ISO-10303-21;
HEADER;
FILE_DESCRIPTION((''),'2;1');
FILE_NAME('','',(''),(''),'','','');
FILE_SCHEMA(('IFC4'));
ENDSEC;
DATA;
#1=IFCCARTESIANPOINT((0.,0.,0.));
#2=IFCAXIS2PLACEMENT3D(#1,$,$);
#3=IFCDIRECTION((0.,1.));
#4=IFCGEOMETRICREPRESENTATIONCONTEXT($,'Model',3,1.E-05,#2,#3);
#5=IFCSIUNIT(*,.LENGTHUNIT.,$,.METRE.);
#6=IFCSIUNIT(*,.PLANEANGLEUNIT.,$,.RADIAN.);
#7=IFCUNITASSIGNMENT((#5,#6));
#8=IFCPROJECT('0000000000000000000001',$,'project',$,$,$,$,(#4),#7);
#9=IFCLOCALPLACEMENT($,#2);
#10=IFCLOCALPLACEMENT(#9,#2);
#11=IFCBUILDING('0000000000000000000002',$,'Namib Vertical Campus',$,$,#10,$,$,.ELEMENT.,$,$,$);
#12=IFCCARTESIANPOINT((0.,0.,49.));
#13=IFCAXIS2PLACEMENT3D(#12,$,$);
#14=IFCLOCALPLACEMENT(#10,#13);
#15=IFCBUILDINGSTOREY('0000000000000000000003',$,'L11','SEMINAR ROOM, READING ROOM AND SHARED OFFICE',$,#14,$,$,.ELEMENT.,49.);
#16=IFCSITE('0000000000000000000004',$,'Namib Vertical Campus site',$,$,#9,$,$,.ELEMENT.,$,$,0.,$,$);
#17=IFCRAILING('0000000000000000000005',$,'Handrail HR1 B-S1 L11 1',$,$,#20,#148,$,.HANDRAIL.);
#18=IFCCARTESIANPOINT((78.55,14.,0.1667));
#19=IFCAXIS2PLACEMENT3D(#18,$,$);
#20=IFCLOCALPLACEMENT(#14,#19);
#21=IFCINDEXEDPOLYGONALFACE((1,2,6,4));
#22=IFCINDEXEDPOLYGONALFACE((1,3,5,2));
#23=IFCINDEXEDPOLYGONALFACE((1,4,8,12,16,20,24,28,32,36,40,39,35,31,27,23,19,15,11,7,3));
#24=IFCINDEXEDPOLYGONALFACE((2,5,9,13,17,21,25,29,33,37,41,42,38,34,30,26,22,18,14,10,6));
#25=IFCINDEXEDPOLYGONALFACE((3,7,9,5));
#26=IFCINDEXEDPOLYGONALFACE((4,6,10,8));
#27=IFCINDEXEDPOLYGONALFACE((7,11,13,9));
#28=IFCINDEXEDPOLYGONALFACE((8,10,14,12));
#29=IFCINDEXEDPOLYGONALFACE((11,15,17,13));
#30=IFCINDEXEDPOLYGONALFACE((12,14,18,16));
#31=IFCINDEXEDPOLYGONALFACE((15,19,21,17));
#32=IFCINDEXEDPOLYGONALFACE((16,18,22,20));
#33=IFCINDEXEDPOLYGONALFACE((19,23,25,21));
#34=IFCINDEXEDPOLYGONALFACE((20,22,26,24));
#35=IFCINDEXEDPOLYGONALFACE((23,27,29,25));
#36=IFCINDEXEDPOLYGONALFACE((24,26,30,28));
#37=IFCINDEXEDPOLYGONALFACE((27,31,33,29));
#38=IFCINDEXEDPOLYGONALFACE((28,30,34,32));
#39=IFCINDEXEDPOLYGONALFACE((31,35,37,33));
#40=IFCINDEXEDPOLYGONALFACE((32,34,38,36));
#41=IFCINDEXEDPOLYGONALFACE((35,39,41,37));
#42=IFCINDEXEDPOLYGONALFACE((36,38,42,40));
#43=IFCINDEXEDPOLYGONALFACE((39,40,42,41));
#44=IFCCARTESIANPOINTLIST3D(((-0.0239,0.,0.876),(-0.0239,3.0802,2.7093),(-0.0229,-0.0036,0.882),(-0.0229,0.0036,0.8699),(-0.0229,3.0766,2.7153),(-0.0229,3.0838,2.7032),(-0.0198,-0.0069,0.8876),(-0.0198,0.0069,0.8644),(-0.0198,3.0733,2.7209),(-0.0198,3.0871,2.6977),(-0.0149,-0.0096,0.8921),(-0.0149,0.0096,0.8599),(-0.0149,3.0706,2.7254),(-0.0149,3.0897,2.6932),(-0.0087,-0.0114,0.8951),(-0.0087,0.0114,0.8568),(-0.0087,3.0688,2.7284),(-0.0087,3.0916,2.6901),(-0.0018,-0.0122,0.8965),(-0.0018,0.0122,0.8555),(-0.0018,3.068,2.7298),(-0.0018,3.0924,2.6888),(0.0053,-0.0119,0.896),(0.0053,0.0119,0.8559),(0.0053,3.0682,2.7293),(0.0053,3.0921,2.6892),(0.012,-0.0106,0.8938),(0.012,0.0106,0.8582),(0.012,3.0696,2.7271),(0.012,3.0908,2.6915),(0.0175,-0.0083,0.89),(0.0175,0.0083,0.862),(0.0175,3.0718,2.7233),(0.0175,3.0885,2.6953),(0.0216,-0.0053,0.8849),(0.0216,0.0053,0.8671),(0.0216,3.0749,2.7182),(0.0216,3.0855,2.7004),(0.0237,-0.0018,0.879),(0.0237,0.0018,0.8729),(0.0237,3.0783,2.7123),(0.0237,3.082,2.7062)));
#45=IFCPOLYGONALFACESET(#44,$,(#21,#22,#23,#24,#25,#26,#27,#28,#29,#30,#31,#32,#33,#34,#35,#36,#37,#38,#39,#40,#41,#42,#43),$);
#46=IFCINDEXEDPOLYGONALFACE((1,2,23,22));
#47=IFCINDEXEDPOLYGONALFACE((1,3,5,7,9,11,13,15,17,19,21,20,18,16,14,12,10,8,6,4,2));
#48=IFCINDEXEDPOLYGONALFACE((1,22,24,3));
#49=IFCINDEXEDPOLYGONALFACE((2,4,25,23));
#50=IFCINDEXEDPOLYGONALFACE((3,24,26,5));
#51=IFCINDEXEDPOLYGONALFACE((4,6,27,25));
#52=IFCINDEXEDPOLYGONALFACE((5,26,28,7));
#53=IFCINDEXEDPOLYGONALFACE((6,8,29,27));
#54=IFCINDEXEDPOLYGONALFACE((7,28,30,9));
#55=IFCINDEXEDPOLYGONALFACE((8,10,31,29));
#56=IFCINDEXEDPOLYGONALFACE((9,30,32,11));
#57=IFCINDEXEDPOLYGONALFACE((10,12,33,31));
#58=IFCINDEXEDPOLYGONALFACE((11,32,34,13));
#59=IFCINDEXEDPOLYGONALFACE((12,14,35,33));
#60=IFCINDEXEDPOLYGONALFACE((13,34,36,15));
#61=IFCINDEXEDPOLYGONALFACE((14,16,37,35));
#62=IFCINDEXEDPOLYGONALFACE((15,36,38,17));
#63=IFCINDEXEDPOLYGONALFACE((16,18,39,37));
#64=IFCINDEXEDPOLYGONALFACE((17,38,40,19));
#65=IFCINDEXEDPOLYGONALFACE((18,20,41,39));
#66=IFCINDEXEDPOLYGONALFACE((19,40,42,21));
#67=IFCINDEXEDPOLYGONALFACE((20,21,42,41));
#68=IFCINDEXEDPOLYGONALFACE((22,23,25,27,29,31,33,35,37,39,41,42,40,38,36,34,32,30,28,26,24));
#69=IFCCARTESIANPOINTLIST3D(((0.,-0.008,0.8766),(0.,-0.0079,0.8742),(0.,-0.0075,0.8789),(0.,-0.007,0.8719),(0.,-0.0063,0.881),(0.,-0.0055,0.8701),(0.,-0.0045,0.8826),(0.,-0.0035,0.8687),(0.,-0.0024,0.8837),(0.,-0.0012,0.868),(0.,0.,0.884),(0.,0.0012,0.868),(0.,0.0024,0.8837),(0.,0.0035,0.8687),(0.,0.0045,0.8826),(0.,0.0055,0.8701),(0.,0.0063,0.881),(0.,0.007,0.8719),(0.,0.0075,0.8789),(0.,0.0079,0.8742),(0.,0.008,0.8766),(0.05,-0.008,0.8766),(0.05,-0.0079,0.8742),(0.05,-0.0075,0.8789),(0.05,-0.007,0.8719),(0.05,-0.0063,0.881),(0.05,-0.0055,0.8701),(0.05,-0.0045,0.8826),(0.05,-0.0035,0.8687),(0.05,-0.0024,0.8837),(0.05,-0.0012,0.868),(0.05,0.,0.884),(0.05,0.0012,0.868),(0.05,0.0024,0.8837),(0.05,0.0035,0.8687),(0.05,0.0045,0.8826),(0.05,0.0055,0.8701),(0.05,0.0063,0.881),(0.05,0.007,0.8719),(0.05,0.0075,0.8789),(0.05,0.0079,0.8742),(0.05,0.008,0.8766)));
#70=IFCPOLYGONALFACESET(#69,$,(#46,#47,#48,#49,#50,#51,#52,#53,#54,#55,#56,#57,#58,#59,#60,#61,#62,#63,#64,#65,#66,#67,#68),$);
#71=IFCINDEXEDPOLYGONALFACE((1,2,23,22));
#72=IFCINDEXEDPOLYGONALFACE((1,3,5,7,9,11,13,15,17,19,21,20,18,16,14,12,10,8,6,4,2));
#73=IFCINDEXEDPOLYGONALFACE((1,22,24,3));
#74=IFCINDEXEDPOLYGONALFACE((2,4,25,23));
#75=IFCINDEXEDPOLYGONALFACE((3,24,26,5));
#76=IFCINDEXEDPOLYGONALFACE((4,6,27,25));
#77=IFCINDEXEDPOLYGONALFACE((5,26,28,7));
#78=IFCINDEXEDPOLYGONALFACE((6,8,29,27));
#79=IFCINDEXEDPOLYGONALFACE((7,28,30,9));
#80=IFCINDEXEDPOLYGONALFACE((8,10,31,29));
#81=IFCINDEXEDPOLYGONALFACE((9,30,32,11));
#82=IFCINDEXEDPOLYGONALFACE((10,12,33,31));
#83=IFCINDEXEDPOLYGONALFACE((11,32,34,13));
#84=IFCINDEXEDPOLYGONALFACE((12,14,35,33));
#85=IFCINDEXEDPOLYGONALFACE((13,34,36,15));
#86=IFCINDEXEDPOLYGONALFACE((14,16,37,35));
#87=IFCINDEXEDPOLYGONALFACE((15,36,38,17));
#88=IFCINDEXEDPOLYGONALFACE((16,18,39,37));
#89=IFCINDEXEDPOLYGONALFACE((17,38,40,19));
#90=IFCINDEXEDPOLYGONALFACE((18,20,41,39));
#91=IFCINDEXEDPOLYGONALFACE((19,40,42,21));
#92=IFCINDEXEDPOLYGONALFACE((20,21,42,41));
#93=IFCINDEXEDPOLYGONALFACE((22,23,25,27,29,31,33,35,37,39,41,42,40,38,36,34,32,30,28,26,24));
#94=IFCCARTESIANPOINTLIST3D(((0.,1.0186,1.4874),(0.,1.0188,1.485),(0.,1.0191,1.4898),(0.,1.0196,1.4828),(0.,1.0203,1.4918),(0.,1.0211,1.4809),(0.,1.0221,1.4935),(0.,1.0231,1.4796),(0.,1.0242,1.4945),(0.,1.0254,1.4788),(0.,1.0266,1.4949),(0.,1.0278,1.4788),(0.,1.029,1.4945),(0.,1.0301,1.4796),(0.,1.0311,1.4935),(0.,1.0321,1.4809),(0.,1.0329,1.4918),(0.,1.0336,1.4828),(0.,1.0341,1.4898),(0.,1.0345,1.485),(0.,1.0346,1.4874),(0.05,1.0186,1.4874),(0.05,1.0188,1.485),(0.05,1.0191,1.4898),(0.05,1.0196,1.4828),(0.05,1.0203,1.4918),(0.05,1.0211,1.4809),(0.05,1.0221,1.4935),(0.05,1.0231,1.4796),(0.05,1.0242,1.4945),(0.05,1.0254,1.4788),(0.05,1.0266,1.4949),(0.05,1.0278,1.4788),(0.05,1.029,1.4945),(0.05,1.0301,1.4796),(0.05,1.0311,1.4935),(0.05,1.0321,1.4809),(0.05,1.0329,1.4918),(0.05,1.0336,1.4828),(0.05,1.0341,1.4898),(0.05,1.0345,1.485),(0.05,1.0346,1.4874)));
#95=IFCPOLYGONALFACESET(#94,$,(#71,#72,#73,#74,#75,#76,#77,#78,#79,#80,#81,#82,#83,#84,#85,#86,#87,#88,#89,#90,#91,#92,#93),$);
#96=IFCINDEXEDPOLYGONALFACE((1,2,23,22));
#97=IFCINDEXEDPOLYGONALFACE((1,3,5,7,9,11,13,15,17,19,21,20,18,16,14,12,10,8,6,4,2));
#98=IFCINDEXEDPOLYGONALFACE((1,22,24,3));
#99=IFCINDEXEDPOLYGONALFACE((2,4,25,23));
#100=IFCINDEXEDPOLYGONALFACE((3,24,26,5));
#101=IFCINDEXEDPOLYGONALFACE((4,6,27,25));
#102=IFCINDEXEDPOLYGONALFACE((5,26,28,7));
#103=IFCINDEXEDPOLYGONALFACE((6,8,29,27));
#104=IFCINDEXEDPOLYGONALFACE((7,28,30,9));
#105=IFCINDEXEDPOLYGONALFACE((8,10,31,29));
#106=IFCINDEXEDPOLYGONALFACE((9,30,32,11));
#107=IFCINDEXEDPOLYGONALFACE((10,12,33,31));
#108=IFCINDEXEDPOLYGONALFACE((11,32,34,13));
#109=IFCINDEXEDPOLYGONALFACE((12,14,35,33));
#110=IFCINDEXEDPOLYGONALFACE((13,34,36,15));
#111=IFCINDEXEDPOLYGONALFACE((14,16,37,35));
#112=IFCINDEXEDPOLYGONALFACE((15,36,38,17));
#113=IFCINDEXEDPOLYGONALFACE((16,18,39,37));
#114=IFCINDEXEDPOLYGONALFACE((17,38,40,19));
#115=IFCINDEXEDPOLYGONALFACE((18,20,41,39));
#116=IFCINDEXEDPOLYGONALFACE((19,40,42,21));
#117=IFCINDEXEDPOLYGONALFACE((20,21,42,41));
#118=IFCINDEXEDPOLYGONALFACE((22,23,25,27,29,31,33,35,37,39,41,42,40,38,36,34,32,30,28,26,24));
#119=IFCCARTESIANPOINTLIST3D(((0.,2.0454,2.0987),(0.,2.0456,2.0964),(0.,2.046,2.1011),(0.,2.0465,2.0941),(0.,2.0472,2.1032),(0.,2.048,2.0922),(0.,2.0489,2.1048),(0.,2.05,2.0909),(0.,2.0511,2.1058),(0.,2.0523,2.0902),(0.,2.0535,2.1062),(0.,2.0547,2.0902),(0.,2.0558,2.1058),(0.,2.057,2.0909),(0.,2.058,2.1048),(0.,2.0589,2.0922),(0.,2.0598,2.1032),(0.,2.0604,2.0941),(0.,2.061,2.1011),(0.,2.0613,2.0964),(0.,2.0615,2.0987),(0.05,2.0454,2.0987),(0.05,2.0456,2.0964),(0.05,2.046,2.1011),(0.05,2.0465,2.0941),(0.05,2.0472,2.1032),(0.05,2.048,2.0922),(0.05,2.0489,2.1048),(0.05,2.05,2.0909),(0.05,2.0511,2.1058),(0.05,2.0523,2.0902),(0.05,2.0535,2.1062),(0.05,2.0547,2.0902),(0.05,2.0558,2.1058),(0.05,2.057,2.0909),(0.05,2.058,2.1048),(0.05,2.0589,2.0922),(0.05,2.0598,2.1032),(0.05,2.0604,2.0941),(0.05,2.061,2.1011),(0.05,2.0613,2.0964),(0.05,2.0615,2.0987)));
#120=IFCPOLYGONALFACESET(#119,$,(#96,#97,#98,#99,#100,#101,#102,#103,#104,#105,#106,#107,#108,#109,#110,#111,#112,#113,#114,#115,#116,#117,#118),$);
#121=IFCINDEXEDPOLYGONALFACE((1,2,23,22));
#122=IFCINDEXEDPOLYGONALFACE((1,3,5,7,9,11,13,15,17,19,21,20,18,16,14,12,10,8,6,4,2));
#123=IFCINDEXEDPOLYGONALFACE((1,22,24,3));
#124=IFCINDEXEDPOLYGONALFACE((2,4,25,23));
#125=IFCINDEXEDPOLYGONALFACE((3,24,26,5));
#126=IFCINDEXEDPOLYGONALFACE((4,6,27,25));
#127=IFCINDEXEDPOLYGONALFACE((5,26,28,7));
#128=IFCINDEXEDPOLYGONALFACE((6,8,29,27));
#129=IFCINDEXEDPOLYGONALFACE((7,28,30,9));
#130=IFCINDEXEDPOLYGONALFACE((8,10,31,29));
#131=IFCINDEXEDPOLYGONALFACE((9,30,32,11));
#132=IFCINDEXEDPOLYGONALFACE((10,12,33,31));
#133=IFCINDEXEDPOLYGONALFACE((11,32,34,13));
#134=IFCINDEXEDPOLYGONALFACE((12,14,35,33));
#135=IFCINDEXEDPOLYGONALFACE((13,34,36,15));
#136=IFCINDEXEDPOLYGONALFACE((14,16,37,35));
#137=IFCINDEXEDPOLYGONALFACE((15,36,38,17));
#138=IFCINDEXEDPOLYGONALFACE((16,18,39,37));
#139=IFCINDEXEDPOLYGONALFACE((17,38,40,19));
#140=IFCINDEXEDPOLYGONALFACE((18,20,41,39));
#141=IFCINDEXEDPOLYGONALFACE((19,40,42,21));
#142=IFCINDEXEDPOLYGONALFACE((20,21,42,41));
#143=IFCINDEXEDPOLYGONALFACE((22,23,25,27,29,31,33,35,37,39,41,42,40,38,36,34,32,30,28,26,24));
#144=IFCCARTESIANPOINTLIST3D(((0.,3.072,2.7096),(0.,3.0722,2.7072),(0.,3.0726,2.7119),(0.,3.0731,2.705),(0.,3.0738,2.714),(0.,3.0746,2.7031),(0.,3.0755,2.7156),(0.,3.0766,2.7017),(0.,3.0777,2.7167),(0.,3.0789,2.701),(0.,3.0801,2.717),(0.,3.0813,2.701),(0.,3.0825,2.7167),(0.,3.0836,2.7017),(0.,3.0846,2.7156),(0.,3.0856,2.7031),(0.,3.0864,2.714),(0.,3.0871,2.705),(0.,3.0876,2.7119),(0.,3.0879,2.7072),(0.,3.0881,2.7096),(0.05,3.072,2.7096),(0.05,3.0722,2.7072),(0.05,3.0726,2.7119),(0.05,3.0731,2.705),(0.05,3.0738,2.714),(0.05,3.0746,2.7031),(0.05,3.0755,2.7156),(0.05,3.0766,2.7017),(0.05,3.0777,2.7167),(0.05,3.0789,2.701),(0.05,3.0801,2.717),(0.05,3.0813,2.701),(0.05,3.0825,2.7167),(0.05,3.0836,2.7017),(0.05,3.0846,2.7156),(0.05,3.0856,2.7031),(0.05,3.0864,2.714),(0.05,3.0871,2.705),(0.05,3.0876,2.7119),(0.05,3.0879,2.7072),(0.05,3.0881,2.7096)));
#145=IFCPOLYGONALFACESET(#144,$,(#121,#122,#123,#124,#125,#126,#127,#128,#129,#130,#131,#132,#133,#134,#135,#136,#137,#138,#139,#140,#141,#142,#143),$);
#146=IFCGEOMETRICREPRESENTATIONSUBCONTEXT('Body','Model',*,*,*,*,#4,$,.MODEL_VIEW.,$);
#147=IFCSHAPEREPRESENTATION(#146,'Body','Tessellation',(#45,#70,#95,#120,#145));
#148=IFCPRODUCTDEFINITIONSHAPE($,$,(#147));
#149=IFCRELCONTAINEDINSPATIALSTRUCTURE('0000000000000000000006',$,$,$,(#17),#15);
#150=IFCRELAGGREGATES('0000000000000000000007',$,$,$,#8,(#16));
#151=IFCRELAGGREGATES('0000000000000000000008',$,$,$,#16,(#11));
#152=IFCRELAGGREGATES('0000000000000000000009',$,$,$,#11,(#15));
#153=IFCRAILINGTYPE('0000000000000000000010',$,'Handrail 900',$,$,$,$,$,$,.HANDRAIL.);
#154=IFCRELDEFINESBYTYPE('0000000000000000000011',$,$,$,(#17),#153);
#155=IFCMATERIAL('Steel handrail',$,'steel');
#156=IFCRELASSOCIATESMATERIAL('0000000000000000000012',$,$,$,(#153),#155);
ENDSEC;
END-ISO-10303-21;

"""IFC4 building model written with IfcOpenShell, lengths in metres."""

from ifc_helpers import new_model, si_unit, direction, frame, origin, origin_2d, place, context, subcontext, project, spatial, circle, extrude, material, type_object, element, save


model = new_model("IFC4")

# Units and contexts
model_context = context("Model", 3, precision=1e-05, world=origin(), true_north=direction((0.0, 1.0)))
body_context = subcontext(model_context, "Body", "Model", "MODEL_VIEW")
ifc_project = project(units=[si_unit("LENGTHUNIT", "METRE"), si_unit("PLANEANGLEUNIT", "RADIAN")], contexts=[model_context])

# Site, building, storey
site_placement = place(None, origin())
site = spatial("IfcSite", under=ifc_project, at=site_placement, Name="Namib Vertical Campus site", CompositionType="ELEMENT", RefElevation=0.0)
building_placement = place(site_placement, origin())
building = spatial("IfcBuilding", under=site, at=building_placement, Name="Namib Vertical Campus", CompositionType="ELEMENT")
storey_placement = place(building_placement, frame((0.0, 0.0, 49.0)))
storey = spatial("IfcBuildingStorey", under=building, at=storey_placement, Name="L11", Description="SEMINAR ROOM, READING ROOM AND SHARED OFFICE", CompositionType="ELEMENT", Elevation=49.0)

# Railing
ifc_material_1 = material(Name="Steel handrail", Category="steel")
railing_type_1 = type_object("IfcRailingType", Name="Handrail 900", PredefinedType="HANDRAIL", material=ifc_material_1)
railing_1_placement = place(storey_placement, frame((78.55, 14.0, 0.1667)))
element("IfcRailing", 1, at=railing_1_placement, inside=storey, type_object=railing_type_1, Name="Handrail HR1 B-S1 L11 1", PredefinedType="HANDRAIL", context=body_context, shape_type="SweptSolid", body=[
    extrude(circle(Radius=0.0239, at=origin_2d()), frame((0.0, 0.0, 0.876), z_axis=(0.0, 0.859309, 0.511458), x_axis=(-1.0, 0.0, 0.0)), (0.0, 0.0, 1.0), 3.5845),
    extrude(circle(Radius=0.0081, at=origin_2d()), frame((0.0, 0.0, 0.876), z_axis=(1.0, 0.0, 0.0), x_axis=(0.0, 0.0, 1.0)), (0.0, 0.0, 1.0), 0.05),
    extrude(circle(Radius=0.0081, at=origin_2d()), frame((0.0, 1.0266, 1.4868), z_axis=(1.0, 0.0, 0.0), x_axis=(0.0, 0.0, 1.0)), (0.0, 0.0, 1.0), 0.05),
    extrude(circle(Radius=0.0081, at=origin_2d()), frame((0.0, 2.0535, 2.0981), z_axis=(1.0, 0.0, 0.0), x_axis=(0.0, 0.0, 1.0)), (0.0, 0.0, 1.0), 0.05),
    extrude(circle(Radius=0.0081, at=origin_2d()), frame((0.0, 3.0801, 2.709), z_axis=(1.0, 0.0, 0.0), x_axis=(0.0, 0.0, 1.0)), (0.0, 0.0, 1.0), 0.05),
])

save(model, "model.ifc")
